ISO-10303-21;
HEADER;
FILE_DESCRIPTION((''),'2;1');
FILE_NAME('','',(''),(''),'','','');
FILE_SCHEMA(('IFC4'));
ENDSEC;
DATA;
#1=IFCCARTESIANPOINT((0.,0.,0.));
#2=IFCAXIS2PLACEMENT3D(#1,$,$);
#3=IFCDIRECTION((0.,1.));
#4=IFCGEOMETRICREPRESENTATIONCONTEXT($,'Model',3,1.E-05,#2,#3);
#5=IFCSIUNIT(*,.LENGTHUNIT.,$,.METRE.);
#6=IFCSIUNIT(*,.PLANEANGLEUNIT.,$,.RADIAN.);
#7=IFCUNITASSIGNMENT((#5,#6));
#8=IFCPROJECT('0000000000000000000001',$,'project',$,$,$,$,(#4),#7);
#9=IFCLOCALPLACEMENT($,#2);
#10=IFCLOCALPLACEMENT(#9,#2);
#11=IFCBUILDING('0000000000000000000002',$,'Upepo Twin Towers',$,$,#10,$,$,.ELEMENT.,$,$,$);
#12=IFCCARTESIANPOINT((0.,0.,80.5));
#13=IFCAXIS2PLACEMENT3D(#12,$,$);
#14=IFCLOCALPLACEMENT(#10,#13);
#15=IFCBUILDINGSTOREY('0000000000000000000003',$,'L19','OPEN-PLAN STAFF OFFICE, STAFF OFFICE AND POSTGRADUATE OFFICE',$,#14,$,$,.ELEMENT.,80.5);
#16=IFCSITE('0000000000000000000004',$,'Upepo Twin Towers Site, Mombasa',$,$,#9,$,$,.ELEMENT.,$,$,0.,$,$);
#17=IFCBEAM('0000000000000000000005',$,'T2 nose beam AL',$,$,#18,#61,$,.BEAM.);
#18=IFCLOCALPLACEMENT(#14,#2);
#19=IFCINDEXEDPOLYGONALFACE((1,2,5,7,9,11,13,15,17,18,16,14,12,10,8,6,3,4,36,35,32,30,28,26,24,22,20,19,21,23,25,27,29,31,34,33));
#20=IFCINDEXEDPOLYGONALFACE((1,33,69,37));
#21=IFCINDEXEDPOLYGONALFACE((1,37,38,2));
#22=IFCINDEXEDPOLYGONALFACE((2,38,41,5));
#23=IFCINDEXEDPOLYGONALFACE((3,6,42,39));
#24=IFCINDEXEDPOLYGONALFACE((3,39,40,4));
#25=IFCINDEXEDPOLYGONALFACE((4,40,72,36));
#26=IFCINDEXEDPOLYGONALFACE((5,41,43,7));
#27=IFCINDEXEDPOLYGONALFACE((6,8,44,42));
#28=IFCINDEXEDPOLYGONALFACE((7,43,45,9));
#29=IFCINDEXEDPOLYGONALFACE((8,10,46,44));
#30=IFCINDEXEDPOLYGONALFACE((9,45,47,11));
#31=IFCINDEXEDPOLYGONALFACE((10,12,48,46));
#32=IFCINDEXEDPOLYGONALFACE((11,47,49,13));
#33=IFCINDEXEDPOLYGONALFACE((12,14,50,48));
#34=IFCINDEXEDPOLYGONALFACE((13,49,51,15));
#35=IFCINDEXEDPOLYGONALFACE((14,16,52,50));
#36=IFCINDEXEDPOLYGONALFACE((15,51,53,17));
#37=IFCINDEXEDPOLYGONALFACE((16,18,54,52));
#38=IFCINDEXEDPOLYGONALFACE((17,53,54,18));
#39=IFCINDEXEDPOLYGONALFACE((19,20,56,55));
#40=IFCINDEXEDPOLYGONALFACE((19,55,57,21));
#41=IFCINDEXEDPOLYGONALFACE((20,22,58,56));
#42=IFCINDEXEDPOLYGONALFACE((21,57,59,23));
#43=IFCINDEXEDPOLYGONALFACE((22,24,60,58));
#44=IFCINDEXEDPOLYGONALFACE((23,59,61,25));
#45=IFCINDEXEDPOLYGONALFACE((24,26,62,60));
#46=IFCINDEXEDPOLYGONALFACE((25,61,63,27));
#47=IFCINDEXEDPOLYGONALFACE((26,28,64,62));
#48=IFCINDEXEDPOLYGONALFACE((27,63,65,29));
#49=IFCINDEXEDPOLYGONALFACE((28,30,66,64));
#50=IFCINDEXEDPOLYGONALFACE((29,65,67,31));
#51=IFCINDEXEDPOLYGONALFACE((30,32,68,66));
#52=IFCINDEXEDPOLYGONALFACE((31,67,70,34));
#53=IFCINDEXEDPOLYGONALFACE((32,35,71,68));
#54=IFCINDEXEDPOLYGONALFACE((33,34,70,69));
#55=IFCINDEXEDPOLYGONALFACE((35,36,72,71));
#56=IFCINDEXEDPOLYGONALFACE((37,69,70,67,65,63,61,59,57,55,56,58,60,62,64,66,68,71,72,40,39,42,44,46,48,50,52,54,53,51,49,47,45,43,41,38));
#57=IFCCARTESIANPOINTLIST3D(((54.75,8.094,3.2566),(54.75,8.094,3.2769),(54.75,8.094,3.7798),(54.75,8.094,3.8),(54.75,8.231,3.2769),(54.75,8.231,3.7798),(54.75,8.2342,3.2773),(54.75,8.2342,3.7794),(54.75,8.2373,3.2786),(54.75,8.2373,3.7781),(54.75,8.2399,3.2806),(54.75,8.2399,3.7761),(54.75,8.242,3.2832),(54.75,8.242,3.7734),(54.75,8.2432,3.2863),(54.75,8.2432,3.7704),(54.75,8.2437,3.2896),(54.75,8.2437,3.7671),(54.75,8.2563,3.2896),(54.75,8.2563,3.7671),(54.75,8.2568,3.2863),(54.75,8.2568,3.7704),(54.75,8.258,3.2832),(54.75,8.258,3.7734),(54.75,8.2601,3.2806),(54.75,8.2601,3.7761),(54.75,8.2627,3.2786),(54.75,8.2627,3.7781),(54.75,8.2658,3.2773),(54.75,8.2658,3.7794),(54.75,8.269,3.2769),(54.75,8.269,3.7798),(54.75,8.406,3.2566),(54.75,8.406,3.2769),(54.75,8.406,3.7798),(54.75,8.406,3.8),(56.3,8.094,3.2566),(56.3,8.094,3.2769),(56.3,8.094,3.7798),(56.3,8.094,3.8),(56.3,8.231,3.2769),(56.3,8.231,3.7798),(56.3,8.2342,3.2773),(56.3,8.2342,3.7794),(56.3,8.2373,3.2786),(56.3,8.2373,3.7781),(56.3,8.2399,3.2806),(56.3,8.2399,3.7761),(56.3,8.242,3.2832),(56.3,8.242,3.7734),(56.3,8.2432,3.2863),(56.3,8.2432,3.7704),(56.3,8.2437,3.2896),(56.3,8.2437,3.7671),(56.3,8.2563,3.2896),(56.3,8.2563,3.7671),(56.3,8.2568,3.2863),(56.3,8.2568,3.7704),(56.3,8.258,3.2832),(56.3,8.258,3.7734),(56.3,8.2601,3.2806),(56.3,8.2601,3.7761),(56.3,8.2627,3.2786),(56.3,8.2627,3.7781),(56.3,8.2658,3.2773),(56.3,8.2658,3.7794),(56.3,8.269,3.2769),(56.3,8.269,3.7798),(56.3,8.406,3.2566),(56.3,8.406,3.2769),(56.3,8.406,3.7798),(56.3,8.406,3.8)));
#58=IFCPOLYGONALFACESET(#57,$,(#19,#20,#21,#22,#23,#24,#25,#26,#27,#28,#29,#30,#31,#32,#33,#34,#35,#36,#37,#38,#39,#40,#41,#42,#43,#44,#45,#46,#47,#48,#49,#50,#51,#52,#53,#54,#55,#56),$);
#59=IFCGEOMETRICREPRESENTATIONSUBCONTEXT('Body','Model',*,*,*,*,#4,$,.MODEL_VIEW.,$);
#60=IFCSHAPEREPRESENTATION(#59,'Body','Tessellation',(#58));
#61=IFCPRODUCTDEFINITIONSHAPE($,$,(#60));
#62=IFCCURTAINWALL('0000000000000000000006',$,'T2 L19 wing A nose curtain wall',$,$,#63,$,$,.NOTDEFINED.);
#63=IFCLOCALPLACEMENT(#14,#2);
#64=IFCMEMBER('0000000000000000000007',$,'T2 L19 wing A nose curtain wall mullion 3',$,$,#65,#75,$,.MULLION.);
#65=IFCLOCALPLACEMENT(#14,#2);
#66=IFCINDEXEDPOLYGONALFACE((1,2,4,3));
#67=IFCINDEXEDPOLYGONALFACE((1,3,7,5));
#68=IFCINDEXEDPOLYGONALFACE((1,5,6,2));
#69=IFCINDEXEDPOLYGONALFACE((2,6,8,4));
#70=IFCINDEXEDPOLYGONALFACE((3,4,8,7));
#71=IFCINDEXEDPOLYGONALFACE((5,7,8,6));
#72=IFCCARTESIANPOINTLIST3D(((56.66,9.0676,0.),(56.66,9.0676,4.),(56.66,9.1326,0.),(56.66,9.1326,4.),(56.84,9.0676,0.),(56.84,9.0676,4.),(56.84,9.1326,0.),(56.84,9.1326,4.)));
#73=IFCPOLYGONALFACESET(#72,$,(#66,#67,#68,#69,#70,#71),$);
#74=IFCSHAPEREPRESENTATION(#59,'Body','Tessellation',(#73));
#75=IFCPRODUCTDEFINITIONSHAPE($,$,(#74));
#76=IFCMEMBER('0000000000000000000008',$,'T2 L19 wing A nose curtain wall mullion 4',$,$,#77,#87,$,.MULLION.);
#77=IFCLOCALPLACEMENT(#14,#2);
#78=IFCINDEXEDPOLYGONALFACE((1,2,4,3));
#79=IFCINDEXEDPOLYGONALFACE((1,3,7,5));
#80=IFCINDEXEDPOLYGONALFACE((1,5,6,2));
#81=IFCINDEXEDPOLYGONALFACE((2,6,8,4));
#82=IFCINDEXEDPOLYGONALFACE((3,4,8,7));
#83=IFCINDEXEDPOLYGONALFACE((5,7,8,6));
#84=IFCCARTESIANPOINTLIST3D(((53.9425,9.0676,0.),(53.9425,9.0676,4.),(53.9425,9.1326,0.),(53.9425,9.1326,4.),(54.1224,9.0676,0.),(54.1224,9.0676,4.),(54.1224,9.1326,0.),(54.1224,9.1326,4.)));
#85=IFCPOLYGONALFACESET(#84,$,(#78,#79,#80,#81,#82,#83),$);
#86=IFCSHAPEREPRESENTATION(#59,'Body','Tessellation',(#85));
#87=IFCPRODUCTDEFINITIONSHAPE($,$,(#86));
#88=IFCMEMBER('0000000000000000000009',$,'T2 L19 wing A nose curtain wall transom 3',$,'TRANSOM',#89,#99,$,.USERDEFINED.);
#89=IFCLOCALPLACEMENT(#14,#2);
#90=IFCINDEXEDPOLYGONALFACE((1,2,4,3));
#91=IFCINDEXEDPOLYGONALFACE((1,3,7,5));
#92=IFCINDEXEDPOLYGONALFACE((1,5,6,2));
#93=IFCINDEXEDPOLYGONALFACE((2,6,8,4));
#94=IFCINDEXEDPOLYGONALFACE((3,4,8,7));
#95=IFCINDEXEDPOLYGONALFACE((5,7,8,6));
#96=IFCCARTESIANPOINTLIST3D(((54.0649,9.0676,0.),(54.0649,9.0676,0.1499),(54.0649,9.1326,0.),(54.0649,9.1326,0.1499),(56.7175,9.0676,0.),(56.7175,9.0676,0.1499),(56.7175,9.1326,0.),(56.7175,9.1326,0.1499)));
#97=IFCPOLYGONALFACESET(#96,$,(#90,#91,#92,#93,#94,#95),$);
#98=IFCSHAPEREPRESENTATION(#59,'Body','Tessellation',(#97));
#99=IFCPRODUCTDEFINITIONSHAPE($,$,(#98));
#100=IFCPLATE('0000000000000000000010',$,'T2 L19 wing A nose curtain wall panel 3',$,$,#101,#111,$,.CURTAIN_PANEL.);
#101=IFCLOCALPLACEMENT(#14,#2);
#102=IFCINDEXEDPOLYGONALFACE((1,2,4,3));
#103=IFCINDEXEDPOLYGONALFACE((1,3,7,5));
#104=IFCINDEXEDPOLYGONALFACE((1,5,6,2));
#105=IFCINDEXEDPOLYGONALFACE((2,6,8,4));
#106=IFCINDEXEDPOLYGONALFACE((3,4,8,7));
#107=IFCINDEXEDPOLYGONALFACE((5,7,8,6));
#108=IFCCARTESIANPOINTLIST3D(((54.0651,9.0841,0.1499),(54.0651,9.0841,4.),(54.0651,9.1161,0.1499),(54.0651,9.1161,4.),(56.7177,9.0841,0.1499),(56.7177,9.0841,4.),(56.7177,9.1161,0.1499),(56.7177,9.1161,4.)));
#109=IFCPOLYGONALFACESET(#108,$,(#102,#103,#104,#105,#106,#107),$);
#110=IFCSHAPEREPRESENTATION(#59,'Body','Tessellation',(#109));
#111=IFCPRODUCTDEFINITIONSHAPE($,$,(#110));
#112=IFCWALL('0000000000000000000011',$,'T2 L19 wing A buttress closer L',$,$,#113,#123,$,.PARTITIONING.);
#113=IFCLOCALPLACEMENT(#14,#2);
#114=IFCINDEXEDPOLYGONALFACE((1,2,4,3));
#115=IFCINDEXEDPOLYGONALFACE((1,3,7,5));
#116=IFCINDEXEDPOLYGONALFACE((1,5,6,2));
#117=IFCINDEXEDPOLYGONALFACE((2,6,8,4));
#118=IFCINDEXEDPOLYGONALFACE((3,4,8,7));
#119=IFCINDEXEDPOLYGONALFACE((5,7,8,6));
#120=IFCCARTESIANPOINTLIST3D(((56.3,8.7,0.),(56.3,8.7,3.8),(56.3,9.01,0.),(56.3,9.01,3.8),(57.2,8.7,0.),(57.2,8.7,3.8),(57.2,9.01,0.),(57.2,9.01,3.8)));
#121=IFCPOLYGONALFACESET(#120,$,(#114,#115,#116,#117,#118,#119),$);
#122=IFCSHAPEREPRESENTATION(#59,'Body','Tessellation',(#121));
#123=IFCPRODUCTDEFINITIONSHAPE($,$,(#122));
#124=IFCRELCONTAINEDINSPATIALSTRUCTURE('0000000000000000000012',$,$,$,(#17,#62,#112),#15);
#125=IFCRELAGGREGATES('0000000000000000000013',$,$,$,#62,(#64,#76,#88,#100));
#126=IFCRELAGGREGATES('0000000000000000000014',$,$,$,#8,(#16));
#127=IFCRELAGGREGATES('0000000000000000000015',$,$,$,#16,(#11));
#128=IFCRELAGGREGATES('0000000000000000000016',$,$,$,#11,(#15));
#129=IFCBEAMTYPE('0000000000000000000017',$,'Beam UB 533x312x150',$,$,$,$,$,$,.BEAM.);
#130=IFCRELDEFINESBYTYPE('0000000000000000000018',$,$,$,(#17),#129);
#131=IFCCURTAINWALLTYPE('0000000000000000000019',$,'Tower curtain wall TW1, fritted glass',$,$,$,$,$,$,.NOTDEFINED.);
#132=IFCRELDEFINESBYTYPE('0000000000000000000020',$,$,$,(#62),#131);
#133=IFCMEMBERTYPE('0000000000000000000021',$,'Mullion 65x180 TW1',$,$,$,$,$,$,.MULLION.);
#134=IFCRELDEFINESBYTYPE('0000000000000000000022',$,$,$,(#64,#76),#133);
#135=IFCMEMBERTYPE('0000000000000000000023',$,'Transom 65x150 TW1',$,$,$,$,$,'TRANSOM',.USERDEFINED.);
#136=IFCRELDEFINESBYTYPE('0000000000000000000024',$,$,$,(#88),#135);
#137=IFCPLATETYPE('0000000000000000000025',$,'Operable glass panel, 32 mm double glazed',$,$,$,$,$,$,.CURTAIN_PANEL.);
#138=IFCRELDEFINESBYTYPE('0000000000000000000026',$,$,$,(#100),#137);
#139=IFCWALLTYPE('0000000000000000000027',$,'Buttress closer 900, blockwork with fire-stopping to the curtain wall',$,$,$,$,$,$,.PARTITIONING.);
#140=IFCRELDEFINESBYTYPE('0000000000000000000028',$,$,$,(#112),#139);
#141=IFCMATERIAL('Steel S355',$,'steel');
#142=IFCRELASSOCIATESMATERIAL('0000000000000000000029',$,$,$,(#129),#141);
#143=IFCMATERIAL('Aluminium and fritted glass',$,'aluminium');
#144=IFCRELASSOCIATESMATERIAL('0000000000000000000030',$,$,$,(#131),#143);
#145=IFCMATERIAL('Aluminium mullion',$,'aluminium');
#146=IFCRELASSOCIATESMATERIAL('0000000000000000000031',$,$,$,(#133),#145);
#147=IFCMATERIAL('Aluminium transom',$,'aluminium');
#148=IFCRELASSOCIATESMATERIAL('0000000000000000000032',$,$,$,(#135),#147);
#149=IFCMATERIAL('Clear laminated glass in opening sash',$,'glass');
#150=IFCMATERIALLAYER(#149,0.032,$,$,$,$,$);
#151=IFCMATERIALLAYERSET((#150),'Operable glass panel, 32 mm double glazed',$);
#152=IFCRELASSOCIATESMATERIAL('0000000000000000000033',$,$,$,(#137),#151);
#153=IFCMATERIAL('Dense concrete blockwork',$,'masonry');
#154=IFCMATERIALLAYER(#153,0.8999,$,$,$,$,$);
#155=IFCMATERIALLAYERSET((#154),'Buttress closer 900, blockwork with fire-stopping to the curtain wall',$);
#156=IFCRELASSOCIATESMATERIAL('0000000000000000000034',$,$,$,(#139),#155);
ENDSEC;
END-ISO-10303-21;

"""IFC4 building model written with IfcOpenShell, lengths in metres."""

from ifc_helpers import new_model, si_unit, direction, frame, frame_2d, origin, origin_2d, place, context, subcontext, project, spatial, rectangle, i_section, extrude, material, layer, layer_set, material_profile, profile_set, type_object, element, aggregate, save


model = new_model("IFC4")

# Units and contexts
model_context = context("Model", 3, precision=1e-05, world=origin(), true_north=direction((0.0, 1.0)))
body_context = subcontext(model_context, "Body", "Model", "MODEL_VIEW")
ifc_project = project(units=[si_unit("LENGTHUNIT", "METRE"), si_unit("PLANEANGLEUNIT", "RADIAN")], contexts=[model_context])

# Site, building, storey
site_placement = place(None, origin())
site = spatial("IfcSite", under=ifc_project, at=site_placement, Name="Upepo Twin Towers Site, Mombasa", CompositionType="ELEMENT", RefElevation=0.0)
building_placement = place(site_placement, origin())
building = spatial("IfcBuilding", under=site, at=building_placement, Name="Upepo Twin Towers", CompositionType="ELEMENT")
storey_placement = place(building_placement, frame((0.0, 0.0, 80.5)))
storey = spatial("IfcBuildingStorey", under=building, at=storey_placement, Name="L19", Description="OPEN-PLAN STAFF OFFICE, STAFF OFFICE AND POSTGRADUATE OFFICE", CompositionType="ELEMENT", Elevation=80.5)

# Beam
ifc_material_1 = material(Name="Steel S355", Category="steel")
ifc_material_profile_1 = material_profile(ifc_material_1, i_section(OverallWidth=0.312, OverallDepth=0.5435, WebThickness=0.0127, FlangeThickness=0.0203, FilletRadius=0.0127, at=origin_2d()), Name="UB 533x312x150")
ifc_profile_set_1 = profile_set([ifc_material_profile_1], Name="Steel S355")
beam_type_1 = type_object("IfcBeamType", Name="Beam UB 533x312x150", PredefinedType="BEAM", material=ifc_profile_set_1)
beam_1_placement = place(storey_placement, frame((54.75, 8.25, 3.5283), z_axis=(1.0, 0.0, 0.0), x_axis=(0.0, 1.0, 0.0)))
element("IfcBeam", 1, at=beam_1_placement, inside=storey, type_object=beam_type_1, Name="T2 nose beam AL", PredefinedType="BEAM", context=body_context, shape_type="SweptSolid", body=[
    extrude(i_section(OverallWidth=0.312, OverallDepth=0.5435, WebThickness=0.0127, FlangeThickness=0.0203, FilletRadius=0.0127, at=origin_2d()), origin(), (0.0, 0.0, 1.0), 1.55),
])

# Curtain wall, members, plate
ifc_material_2 = material(Name="Aluminium and fritted glass", Category="aluminium")
curtain_wall_type = type_object("IfcCurtainWallType", Name="Tower curtain wall TW1, fritted glass", PredefinedType="NOTDEFINED", material=ifc_material_2)
curtain_wall_placement = place(storey_placement, origin())
curtain_wall = element("IfcCurtainWall", 2, at=curtain_wall_placement, inside=storey, type_object=curtain_wall_type, Name="T2 L19 wing A nose curtain wall", PredefinedType="NOTDEFINED")
ifc_material_3 = material(Name="Aluminium mullion", Category="aluminium")
ifc_material_profile_2 = material_profile(ifc_material_3, rectangle(XDim=0.0649, YDim=0.1799, at=origin_2d()), Name="MULLION 65x180")
ifc_profile_set_2 = profile_set([ifc_material_profile_2], Name="Aluminium mullion")
member_type_1 = type_object("IfcMemberType", Name="Mullion 65x180 TW1", PredefinedType="MULLION", material=ifc_profile_set_2)
member_1_placement = place(storey_placement, frame((56.75, 9.1001, 0.0), z_axis=(0.0, 0.0, 1.0), x_axis=(0.0, -1.0, 0.0)))
member_1 = element("IfcMember", 3, at=member_1_placement, type_object=member_type_1, Name="T2 L19 wing A nose curtain wall mullion 3", PredefinedType="MULLION", context=body_context, shape_type="SweptSolid", body=[
    extrude(rectangle(XDim=0.0649, YDim=0.1799, at=origin_2d()), origin(), (0.0, 0.0, 1.0), 4.0),
])
member_2_placement = place(storey_placement, frame((54.0325, 9.1001, 0.0), z_axis=(0.0, 0.0, 1.0), x_axis=(0.0, -1.0, 0.0)))
member_2 = element("IfcMember", 4, at=member_2_placement, type_object=member_type_1, Name="T2 L19 wing A nose curtain wall mullion 4", PredefinedType="MULLION", context=body_context, shape_type="SweptSolid", body=[
    extrude(rectangle(XDim=0.0649, YDim=0.1799, at=origin_2d()), origin(), (0.0, 0.0, 1.0), 4.0),
])
ifc_material_4 = material(Name="Aluminium transom", Category="aluminium")
ifc_material_profile_3 = material_profile(ifc_material_4, rectangle(XDim=0.0649, YDim=0.1499, at=origin_2d()), Name="TRANSOM 65x150")
ifc_profile_set_3 = profile_set([ifc_material_profile_3], Name="Aluminium transom")
member_type_2 = type_object("IfcMemberType", Name="Transom 65x150 TW1", ElementType="TRANSOM", PredefinedType="USERDEFINED", material=ifc_profile_set_3)
member_3_placement = place(storey_placement, frame((56.7175, 9.1001, 0.075), z_axis=(-1.0, 0.0, 0.0), x_axis=(0.0, -1.0, 0.0)))
member_3 = element("IfcMember", 5, at=member_3_placement, type_object=member_type_2, Name="T2 L19 wing A nose curtain wall transom 3", ObjectType="TRANSOM", PredefinedType="USERDEFINED", context=body_context, shape_type="SweptSolid", body=[
    extrude(rectangle(XDim=0.0649, YDim=0.1499, at=origin_2d()), origin(), (0.0, 0.0, 1.0), 2.6526),
])
ifc_material_5 = material(Name="Clear laminated glass in opening sash", Category="glass")
ifc_layer_1 = layer(ifc_material_5, 0.032)
ifc_layer_set_1 = layer_set([ifc_layer_1], Name="Operable glass panel, 32 mm double glazed")
plate_type = type_object("IfcPlateType", Name="Operable glass panel, 32 mm double glazed", PredefinedType="CURTAIN_PANEL", material=ifc_layer_set_1)
plate_placement = place(storey_placement, frame((55.3914, 9.1001, 0.1499), z_axis=(0.0, 0.0, 1.0), x_axis=(-1.0, 0.0, 0.0)))
plate = element("IfcPlate", 6, at=plate_placement, type_object=plate_type, Name="T2 L19 wing A nose curtain wall panel 3", PredefinedType="CURTAIN_PANEL", context=body_context, shape_type="SweptSolid", body=[
    extrude(rectangle(XDim=2.6526, YDim=0.032, at=origin_2d()), origin(), (0.0, 0.0, 1.0), 3.8501),
])
aggregate(curtain_wall, [member_1, member_2, member_3, plate])

# Wall
ifc_material_6 = material(Name="Dense concrete blockwork", Category="masonry")
ifc_layer_2 = layer(ifc_material_6, 0.8999)
ifc_layer_set_2 = layer_set([ifc_layer_2], Name="Buttress closer 900, blockwork with fire-stopping to the curtain wall")
wall_type_1 = type_object("IfcWallType", Name="Buttress closer 900, blockwork with fire-stopping to the curtain wall", PredefinedType="PARTITIONING", material=ifc_layer_set_2)
wall_1_placement = place(storey_placement, frame((56.75, 8.7, 0.0), z_axis=(0.0, 0.0, 1.0), x_axis=(0.0, 1.0, 0.0)))
element("IfcWall", 7, at=wall_1_placement, inside=storey, type_object=wall_type_1, Name="T2 L19 wing A buttress closer L", PredefinedType="PARTITIONING", context=body_context, shape_type="SweptSolid", body=[
    extrude(rectangle(XDim=0.3101, YDim=0.8999, at=frame_2d((0.155, 0.0))), origin(), (0.0, 0.0, 1.0), 3.8),
])

save(model, "model.ifc")
